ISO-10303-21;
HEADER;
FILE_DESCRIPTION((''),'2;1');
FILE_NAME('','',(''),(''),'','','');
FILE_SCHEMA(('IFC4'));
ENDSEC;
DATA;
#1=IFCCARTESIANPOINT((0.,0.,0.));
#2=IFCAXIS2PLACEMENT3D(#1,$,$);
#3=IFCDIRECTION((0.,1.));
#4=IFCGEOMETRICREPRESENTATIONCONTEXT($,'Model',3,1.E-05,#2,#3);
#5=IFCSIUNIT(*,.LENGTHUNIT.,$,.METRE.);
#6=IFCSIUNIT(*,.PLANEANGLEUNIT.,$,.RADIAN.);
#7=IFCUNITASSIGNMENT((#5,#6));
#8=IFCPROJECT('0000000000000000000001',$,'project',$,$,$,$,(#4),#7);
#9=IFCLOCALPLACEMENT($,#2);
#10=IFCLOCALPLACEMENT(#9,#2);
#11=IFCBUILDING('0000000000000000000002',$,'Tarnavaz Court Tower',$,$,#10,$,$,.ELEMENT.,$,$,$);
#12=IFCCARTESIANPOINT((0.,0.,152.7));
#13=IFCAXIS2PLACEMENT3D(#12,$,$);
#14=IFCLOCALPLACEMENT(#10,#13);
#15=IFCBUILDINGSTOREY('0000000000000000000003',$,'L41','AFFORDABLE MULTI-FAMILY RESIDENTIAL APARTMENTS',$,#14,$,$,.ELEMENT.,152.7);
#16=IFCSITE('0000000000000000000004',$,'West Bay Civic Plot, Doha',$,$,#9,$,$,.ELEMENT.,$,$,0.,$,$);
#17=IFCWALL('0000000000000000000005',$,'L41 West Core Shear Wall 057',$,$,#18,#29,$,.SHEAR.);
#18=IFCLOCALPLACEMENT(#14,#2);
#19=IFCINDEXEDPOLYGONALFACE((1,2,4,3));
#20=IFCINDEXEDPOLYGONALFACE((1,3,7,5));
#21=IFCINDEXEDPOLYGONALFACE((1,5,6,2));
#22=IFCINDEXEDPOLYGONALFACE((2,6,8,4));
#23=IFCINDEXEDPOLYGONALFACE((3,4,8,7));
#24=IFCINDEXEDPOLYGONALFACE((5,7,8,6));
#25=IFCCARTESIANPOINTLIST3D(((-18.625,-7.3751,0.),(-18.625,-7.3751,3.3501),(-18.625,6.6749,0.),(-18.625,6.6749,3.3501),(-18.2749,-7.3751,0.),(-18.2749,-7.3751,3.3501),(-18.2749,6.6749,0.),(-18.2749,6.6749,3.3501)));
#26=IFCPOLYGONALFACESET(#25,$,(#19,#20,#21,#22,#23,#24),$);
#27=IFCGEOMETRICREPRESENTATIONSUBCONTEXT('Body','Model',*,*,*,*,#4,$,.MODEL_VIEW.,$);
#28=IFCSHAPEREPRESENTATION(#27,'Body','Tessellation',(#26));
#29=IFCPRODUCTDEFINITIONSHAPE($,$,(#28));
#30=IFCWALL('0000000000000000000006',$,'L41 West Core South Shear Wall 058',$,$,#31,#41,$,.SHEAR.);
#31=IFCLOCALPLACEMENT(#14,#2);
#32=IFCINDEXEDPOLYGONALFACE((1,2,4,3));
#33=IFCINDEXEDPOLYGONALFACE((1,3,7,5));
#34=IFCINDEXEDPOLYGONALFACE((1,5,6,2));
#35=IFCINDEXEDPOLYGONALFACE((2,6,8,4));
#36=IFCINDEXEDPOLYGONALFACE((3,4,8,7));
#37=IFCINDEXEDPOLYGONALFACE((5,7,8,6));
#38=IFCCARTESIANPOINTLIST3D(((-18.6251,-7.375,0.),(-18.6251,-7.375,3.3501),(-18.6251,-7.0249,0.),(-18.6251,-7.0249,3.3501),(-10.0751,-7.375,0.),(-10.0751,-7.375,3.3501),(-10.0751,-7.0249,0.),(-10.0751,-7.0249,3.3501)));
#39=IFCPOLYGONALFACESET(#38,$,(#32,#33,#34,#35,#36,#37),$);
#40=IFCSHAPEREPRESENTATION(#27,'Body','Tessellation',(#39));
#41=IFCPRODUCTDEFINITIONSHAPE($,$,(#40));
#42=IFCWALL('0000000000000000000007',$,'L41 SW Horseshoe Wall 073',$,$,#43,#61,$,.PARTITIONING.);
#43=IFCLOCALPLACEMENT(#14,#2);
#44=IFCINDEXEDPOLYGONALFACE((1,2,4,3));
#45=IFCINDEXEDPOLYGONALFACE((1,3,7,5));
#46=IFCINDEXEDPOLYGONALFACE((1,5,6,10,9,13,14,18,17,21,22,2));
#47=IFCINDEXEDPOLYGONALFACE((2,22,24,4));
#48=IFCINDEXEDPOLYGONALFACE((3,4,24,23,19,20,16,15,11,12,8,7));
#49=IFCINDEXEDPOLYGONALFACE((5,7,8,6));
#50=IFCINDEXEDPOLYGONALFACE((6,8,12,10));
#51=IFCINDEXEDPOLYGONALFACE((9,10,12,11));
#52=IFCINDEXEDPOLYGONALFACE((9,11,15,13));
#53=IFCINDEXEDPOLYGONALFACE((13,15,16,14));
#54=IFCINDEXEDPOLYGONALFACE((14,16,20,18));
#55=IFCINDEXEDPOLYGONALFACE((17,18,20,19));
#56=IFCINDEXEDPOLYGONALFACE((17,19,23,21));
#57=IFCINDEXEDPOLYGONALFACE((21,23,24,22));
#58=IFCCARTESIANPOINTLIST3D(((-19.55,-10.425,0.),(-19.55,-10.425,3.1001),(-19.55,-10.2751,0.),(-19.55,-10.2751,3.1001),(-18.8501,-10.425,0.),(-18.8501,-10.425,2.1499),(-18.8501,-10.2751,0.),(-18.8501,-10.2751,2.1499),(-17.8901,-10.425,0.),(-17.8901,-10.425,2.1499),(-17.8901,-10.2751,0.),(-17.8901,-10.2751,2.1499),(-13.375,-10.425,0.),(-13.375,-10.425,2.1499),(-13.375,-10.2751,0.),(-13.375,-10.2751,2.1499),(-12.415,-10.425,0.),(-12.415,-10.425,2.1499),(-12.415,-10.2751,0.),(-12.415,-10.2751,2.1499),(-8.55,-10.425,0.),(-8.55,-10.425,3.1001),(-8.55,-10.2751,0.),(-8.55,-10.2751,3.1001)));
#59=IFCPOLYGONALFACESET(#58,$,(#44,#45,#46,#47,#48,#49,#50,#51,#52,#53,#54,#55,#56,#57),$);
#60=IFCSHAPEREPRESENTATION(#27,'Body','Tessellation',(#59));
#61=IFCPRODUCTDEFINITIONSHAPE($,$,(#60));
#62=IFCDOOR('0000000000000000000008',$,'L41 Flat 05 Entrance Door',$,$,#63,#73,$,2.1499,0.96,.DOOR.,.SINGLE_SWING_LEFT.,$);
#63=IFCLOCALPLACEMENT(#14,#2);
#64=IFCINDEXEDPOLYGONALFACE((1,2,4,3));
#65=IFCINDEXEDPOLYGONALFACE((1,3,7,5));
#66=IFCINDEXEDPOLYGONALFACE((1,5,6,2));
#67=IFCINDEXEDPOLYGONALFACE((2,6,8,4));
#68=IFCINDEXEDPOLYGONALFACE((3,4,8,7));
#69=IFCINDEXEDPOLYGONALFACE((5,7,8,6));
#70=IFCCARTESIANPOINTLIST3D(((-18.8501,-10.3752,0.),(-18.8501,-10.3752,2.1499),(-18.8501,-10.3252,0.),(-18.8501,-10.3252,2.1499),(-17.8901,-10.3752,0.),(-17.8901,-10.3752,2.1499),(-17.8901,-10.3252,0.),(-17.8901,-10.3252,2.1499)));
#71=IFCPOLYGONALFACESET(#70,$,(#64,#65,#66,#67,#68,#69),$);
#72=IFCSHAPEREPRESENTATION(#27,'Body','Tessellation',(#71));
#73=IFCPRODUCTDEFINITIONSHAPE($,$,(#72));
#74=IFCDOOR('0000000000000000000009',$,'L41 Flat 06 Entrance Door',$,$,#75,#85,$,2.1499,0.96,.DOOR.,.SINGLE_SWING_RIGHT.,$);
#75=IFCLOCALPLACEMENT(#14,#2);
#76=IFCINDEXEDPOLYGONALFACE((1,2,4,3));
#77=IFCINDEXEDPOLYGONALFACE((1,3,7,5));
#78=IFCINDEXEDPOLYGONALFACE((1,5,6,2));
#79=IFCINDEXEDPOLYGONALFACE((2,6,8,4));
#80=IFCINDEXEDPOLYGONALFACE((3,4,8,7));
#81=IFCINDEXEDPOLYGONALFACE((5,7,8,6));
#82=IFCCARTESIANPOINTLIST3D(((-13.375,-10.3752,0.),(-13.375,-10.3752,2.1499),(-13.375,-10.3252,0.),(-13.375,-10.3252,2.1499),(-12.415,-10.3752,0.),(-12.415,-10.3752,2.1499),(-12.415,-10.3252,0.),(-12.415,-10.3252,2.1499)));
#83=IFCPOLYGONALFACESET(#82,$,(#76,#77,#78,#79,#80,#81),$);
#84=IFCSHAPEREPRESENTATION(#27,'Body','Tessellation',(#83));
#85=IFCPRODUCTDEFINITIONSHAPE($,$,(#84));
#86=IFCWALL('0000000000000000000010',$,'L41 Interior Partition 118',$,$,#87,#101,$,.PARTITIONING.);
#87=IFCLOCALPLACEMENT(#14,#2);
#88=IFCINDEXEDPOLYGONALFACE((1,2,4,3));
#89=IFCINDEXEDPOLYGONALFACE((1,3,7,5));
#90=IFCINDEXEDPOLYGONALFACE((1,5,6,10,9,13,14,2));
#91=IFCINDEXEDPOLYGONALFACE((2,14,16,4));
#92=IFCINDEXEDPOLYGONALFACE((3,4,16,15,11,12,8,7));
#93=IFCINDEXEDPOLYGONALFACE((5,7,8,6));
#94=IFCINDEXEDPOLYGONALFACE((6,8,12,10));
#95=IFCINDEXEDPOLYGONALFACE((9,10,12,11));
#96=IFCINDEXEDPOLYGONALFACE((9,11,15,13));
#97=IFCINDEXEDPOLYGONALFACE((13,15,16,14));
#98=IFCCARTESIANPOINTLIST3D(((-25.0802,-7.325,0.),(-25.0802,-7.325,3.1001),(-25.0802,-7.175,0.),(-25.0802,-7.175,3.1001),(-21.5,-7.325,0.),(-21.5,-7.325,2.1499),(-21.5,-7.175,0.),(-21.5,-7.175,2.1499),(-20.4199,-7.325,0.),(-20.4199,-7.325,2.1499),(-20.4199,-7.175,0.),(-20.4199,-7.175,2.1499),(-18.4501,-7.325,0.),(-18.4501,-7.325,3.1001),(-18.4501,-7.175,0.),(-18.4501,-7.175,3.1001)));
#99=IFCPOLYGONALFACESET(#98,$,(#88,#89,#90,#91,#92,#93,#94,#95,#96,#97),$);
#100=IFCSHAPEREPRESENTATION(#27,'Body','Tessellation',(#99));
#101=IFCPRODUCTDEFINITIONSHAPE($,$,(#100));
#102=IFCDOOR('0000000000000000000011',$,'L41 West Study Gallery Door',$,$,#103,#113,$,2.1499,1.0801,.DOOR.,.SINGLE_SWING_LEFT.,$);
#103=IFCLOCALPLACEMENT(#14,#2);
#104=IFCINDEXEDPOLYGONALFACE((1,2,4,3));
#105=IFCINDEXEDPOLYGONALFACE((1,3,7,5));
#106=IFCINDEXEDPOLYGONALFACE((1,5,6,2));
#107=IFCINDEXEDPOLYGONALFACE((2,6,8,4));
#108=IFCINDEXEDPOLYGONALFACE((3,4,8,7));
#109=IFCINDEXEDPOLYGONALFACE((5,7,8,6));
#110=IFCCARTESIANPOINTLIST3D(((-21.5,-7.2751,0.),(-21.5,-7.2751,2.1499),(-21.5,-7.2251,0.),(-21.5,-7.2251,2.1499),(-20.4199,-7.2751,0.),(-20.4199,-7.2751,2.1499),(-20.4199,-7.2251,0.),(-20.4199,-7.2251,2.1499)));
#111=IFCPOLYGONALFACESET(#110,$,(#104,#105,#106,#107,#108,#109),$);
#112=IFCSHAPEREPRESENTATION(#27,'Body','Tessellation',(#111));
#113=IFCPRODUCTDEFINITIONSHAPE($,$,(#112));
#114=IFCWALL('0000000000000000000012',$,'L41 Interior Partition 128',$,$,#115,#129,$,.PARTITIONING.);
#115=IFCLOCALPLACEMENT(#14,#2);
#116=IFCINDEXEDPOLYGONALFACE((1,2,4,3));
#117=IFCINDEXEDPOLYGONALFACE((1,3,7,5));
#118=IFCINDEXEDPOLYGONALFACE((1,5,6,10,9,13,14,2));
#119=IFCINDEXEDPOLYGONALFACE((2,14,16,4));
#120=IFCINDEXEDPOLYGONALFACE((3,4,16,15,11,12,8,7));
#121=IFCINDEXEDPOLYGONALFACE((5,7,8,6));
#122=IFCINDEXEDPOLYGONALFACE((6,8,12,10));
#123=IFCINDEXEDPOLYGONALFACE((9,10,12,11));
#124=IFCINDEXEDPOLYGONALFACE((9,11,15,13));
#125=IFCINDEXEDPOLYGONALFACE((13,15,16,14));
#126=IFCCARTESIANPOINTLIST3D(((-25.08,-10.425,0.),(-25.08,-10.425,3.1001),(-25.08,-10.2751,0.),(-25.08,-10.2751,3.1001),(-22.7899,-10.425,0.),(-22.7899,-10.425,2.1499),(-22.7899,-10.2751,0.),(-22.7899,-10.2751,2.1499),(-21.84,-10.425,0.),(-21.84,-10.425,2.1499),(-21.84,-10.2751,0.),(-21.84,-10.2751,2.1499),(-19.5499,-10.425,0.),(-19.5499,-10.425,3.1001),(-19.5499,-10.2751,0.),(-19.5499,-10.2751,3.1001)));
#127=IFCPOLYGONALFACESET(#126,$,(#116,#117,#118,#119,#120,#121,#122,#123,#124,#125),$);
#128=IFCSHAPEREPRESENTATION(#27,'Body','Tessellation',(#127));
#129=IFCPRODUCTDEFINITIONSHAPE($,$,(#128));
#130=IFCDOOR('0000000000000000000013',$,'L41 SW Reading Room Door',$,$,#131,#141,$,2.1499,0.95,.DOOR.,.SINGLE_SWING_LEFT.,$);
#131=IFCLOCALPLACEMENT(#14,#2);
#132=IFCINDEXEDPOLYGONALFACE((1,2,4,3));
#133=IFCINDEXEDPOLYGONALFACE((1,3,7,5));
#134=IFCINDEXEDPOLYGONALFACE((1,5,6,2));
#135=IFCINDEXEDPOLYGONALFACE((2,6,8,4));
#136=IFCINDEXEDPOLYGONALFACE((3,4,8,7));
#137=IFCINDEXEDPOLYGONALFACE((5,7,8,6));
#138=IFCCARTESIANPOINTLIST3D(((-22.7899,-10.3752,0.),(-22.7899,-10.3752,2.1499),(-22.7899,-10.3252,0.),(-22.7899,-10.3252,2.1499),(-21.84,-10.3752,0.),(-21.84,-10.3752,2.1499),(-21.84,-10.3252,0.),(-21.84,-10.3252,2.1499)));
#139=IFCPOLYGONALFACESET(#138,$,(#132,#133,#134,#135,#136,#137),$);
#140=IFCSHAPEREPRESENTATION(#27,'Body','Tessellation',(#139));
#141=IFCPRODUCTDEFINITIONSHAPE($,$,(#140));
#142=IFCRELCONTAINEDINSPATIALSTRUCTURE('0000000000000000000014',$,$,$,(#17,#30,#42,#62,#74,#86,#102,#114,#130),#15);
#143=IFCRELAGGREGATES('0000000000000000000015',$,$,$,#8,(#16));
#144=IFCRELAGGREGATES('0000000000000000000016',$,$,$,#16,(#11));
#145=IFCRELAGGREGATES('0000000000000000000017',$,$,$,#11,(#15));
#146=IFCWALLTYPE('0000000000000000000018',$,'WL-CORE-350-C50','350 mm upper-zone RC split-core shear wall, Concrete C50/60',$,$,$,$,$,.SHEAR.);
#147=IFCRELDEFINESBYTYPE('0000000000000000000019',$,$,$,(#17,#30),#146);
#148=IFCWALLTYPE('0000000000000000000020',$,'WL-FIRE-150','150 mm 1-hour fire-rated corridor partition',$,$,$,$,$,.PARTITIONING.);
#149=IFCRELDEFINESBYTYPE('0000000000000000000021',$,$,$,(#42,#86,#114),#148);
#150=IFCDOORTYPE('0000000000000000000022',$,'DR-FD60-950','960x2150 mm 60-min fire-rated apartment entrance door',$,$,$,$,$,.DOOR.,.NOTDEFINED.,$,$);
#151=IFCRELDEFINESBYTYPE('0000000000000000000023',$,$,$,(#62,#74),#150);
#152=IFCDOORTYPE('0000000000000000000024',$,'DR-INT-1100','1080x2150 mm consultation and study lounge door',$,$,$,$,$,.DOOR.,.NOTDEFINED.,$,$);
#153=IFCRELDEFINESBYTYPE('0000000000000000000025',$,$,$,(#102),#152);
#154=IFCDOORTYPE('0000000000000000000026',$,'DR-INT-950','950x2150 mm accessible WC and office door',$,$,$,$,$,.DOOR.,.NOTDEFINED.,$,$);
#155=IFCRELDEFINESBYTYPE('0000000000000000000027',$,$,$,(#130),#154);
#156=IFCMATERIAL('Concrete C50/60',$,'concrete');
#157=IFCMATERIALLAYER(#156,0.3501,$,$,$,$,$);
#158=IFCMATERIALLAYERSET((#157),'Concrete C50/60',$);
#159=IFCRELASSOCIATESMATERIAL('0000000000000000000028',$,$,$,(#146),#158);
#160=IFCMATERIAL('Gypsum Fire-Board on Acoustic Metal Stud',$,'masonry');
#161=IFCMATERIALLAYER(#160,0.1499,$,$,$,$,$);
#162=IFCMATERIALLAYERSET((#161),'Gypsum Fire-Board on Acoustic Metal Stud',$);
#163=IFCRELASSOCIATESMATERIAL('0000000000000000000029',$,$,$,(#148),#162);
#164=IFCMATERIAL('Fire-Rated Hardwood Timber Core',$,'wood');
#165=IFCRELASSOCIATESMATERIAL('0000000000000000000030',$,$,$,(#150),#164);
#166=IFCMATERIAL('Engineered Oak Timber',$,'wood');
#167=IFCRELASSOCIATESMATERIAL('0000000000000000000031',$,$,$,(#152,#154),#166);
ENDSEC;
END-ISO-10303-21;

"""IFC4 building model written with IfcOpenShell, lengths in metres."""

from ifc_helpers import new_model, si_unit, direction, frame, frame_2d, origin, place, context, subcontext, project, spatial, rectangle, extrude, material, layer, layer_set, type_object, element, fill, save


model = new_model("IFC4")

# Units and contexts
model_context = context("Model", 3, precision=1e-05, world=origin(), true_north=direction((0.0, 1.0)))
body_context = subcontext(model_context, "Body", "Model", "MODEL_VIEW")
ifc_project = project(units=[si_unit("LENGTHUNIT", "METRE"), si_unit("PLANEANGLEUNIT", "RADIAN")], contexts=[model_context])

# Site, building, storey
site_placement = place(None, origin())
site = spatial("IfcSite", under=ifc_project, at=site_placement, Name="West Bay Civic Plot, Doha", CompositionType="ELEMENT", RefElevation=0.0)
building_placement = place(site_placement, origin())
building = spatial("IfcBuilding", under=site, at=building_placement, Name="Tarnavaz Court Tower", CompositionType="ELEMENT")
storey_placement = place(building_placement, frame((0.0, 0.0, 152.7)))
storey = spatial("IfcBuildingStorey", under=building, at=storey_placement, Name="L41", Description="AFFORDABLE MULTI-FAMILY RESIDENTIAL APARTMENTS", CompositionType="ELEMENT", Elevation=152.7)

# Shared definitions
ifc_material_1 = material(Name="Concrete C50/60", Category="concrete")

# Walls
ifc_layer_1 = layer(ifc_material_1, 0.3501)
ifc_layer_set_1 = layer_set([ifc_layer_1], Name="Concrete C50/60")
wall_type_1 = type_object("IfcWallType", Name="WL-CORE-350-C50", Description="350 mm upper-zone RC split-core shear wall, Concrete C50/60", PredefinedType="SHEAR", material=ifc_layer_set_1)
wall_1_placement = place(storey_placement, frame((-18.45, -7.375, 0.0), z_axis=(0.0, 0.0, 1.0), x_axis=(0.0, 1.0, 0.0)))
element("IfcWall", 1, at=wall_1_placement, inside=storey, type_object=wall_type_1, Name="L41 West Core Shear Wall 057", PredefinedType="SHEAR", context=body_context, shape_type="SweptSolid", body=[
    extrude(rectangle(XDim=14.05, YDim=0.3501, at=frame_2d((7.0249, 0.0))), origin(), (0.0, 0.0, 1.0), 3.3501),
])
wall_2_placement = place(storey_placement, frame((-18.625, -7.2, 0.0), z_axis=(0.0, 0.0, 1.0), x_axis=(1.0, 0.0, 0.0)))
element("IfcWall", 2, at=wall_2_placement, inside=storey, type_object=wall_type_1, Name="L41 West Core South Shear Wall 058", PredefinedType="SHEAR", context=body_context, shape_type="SweptSolid", body=[
    extrude(rectangle(XDim=8.55, YDim=0.3501, at=frame_2d((4.2749, 0.0))), origin(), (0.0, 0.0, 1.0), 3.3501),
])

# Wall, openings, doors
ifc_material_2 = material(Name="Gypsum Fire-Board on Acoustic Metal Stud", Category="masonry")
ifc_layer_2 = layer(ifc_material_2, 0.1499)
ifc_layer_set_2 = layer_set([ifc_layer_2], Name="Gypsum Fire-Board on Acoustic Metal Stud")
wall_type_2 = type_object("IfcWallType", Name="WL-FIRE-150", Description="150 mm 1-hour fire-rated corridor partition", PredefinedType="PARTITIONING", material=ifc_layer_set_2)
wall_3_placement = place(storey_placement, frame((-19.55, -10.3501, 0.0), z_axis=(0.0, 0.0, 1.0), x_axis=(1.0, 0.0, 0.0)))
wall_3 = element("IfcWall", 3, at=wall_3_placement, inside=storey, type_object=wall_type_2, Name="L41 SW Horseshoe Wall 073", PredefinedType="PARTITIONING", context=body_context, shape_type="SweptSolid", body=[
    extrude(rectangle(XDim=11.0, YDim=0.1499, at=frame_2d((5.5, 0.0))), origin(), (0.0, 0.0, 1.0), 3.1001),
])
opening_1_placement = place(wall_3_placement, frame((0.7, 0.0, 0.0)))
opening_1 = element("IfcOpeningElement", 4, at=opening_1_placement, cuts=wall_3, PredefinedType="OPENING", context=body_context, shape_type="SweptSolid", body=[
    extrude(rectangle(XDim=0.96, YDim=2.1499, at=frame_2d((0.48, 1.075))), frame((0.0, 0.085, 0.0), z_axis=(0.0, -1.0, 0.0), x_axis=(1.0, 0.0, 0.0)), (0.0, 0.0, 1.0), 0.1699),
])
opening_2_placement = place(wall_3_placement, frame((6.175, 0.0, 0.0)))
opening_2 = element("IfcOpeningElement", 5, at=opening_2_placement, cuts=wall_3, PredefinedType="OPENING", context=body_context, shape_type="SweptSolid", body=[
    extrude(rectangle(XDim=0.96, YDim=2.1499, at=frame_2d((0.48, 1.075))), frame((0.0, 0.085, 0.0), z_axis=(0.0, -1.0, 0.0), x_axis=(1.0, 0.0, 0.0)), (0.0, 0.0, 1.0), 0.1699),
])
ifc_material_3 = material(Name="Fire-Rated Hardwood Timber Core", Category="wood")
door_type_1 = type_object("IfcDoorType", Name="DR-FD60-950", Description="960x2150 mm 60-min fire-rated apartment entrance door", OperationType="NOTDEFINED", PredefinedType="DOOR", material=ifc_material_3)
door_1_placement = place(opening_1_placement, origin())
door_1 = element("IfcDoor", 6, at=door_1_placement, inside=storey, type_object=door_type_1, Name="L41 Flat 05 Entrance Door", OperationType="SINGLE_SWING_LEFT", OverallHeight=2.1499, OverallWidth=0.96, PredefinedType="DOOR", context=body_context, shape_type="SweptSolid", body=[
    extrude(rectangle(XDim=0.96, YDim=2.1499, at=frame_2d((0.48, 1.075))), frame((0.0, 0.0249, 0.0), z_axis=(0.0, -1.0, 0.0), x_axis=(1.0, 0.0, 0.0)), (0.0, 0.0, 1.0), 0.05),
])
fill(opening_1, door_1)
door_2_placement = place(opening_2_placement, origin())
door_2 = element("IfcDoor", 7, at=door_2_placement, inside=storey, type_object=door_type_1, Name="L41 Flat 06 Entrance Door", OperationType="SINGLE_SWING_RIGHT", OverallHeight=2.1499, OverallWidth=0.96, PredefinedType="DOOR", context=body_context, shape_type="SweptSolid", body=[
    extrude(rectangle(XDim=0.96, YDim=2.1499, at=frame_2d((0.48, 1.075))), frame((0.0, 0.0249, 0.0), z_axis=(0.0, -1.0, 0.0), x_axis=(1.0, 0.0, 0.0)), (0.0, 0.0, 1.0), 0.05),
])
fill(opening_2, door_2)

# Walls, openings, doors
wall_4_placement = place(storey_placement, frame((-25.0801, -7.25, 0.0), z_axis=(0.0, 0.0, 1.0), x_axis=(1.0, 0.0, 0.0)))
wall_4 = element("IfcWall", 8, at=wall_4_placement, inside=storey, type_object=wall_type_2, Name="L41 Interior Partition 118", PredefinedType="PARTITIONING", context=body_context, shape_type="SweptSolid", body=[
    extrude(rectangle(XDim=6.6301, YDim=0.1499, at=frame_2d((3.3149, 0.0))), origin(), (0.0, 0.0, 1.0), 3.1001),
])
opening_3_placement = place(wall_4_placement, frame((3.5801, 0.0, 0.0)))
opening_3 = element("IfcOpeningElement", 9, at=opening_3_placement, cuts=wall_4, PredefinedType="OPENING", context=body_context, shape_type="SweptSolid", body=[
    extrude(rectangle(XDim=1.0801, YDim=2.1499, at=frame_2d((0.54, 1.075))), frame((0.0, 0.085, 0.0), z_axis=(0.0, -1.0, 0.0), x_axis=(1.0, 0.0, 0.0)), (0.0, 0.0, 1.0), 0.1699),
])
ifc_material_4 = material(Name="Engineered Oak Timber", Category="wood")
door_type_2 = type_object("IfcDoorType", Name="DR-INT-1100", Description="1080x2150 mm consultation and study lounge door", OperationType="NOTDEFINED", PredefinedType="DOOR", material=ifc_material_4)
door_3_placement = place(opening_3_placement, origin())
door_3 = element("IfcDoor", 10, at=door_3_placement, inside=storey, type_object=door_type_2, Name="L41 West Study Gallery Door", OperationType="SINGLE_SWING_LEFT", OverallHeight=2.1499, OverallWidth=1.0801, PredefinedType="DOOR", context=body_context, shape_type="SweptSolid", body=[
    extrude(rectangle(XDim=1.0801, YDim=2.1499, at=frame_2d((0.54, 1.075))), frame((0.0, 0.0249, 0.0), z_axis=(0.0, -1.0, 0.0), x_axis=(1.0, 0.0, 0.0)), (0.0, 0.0, 1.0), 0.05),
])
fill(opening_3, door_3)
wall_5_placement = place(storey_placement, frame((-25.0801, -10.3501, 0.0), z_axis=(0.0, 0.0, 1.0), x_axis=(1.0, 0.0, 0.0)))
wall_5 = element("IfcWall", 11, at=wall_5_placement, inside=storey, type_object=wall_type_2, Name="L41 Interior Partition 128", PredefinedType="PARTITIONING", context=body_context, shape_type="SweptSolid", body=[
    extrude(rectangle(XDim=5.53, YDim=0.1499, at=frame_2d((2.7651, 0.0))), origin(), (0.0, 0.0, 1.0), 3.1001),
])
opening_4_placement = place(wall_5_placement, frame((2.29, 0.0, 0.0)))
opening_4 = element("IfcOpeningElement", 12, at=opening_4_placement, cuts=wall_5, PredefinedType="OPENING", context=body_context, shape_type="SweptSolid", body=[
    extrude(rectangle(XDim=0.95, YDim=2.1499, at=frame_2d((0.4751, 1.075))), frame((0.0, 0.085, 0.0), z_axis=(0.0, -1.0, 0.0), x_axis=(1.0, 0.0, 0.0)), (0.0, 0.0, 1.0), 0.1699),
])
door_type_3 = type_object("IfcDoorType", Name="DR-INT-950", Description="950x2150 mm accessible WC and office door", OperationType="NOTDEFINED", PredefinedType="DOOR", material=ifc_material_4)
door_4_placement = place(opening_4_placement, origin())
door_4 = element("IfcDoor", 13, at=door_4_placement, inside=storey, type_object=door_type_3, Name="L41 SW Reading Room Door", OperationType="SINGLE_SWING_LEFT", OverallHeight=2.1499, OverallWidth=0.95, PredefinedType="DOOR", context=body_context, shape_type="SweptSolid", body=[
    extrude(rectangle(XDim=0.95, YDim=2.1499, at=frame_2d((0.4751, 1.075))), frame((0.0, 0.0249, 0.0), z_axis=(0.0, -1.0, 0.0), x_axis=(1.0, 0.0, 0.0)), (0.0, 0.0, 1.0), 0.05),
])
fill(opening_4, door_4)

save(model, "model.ifc")
